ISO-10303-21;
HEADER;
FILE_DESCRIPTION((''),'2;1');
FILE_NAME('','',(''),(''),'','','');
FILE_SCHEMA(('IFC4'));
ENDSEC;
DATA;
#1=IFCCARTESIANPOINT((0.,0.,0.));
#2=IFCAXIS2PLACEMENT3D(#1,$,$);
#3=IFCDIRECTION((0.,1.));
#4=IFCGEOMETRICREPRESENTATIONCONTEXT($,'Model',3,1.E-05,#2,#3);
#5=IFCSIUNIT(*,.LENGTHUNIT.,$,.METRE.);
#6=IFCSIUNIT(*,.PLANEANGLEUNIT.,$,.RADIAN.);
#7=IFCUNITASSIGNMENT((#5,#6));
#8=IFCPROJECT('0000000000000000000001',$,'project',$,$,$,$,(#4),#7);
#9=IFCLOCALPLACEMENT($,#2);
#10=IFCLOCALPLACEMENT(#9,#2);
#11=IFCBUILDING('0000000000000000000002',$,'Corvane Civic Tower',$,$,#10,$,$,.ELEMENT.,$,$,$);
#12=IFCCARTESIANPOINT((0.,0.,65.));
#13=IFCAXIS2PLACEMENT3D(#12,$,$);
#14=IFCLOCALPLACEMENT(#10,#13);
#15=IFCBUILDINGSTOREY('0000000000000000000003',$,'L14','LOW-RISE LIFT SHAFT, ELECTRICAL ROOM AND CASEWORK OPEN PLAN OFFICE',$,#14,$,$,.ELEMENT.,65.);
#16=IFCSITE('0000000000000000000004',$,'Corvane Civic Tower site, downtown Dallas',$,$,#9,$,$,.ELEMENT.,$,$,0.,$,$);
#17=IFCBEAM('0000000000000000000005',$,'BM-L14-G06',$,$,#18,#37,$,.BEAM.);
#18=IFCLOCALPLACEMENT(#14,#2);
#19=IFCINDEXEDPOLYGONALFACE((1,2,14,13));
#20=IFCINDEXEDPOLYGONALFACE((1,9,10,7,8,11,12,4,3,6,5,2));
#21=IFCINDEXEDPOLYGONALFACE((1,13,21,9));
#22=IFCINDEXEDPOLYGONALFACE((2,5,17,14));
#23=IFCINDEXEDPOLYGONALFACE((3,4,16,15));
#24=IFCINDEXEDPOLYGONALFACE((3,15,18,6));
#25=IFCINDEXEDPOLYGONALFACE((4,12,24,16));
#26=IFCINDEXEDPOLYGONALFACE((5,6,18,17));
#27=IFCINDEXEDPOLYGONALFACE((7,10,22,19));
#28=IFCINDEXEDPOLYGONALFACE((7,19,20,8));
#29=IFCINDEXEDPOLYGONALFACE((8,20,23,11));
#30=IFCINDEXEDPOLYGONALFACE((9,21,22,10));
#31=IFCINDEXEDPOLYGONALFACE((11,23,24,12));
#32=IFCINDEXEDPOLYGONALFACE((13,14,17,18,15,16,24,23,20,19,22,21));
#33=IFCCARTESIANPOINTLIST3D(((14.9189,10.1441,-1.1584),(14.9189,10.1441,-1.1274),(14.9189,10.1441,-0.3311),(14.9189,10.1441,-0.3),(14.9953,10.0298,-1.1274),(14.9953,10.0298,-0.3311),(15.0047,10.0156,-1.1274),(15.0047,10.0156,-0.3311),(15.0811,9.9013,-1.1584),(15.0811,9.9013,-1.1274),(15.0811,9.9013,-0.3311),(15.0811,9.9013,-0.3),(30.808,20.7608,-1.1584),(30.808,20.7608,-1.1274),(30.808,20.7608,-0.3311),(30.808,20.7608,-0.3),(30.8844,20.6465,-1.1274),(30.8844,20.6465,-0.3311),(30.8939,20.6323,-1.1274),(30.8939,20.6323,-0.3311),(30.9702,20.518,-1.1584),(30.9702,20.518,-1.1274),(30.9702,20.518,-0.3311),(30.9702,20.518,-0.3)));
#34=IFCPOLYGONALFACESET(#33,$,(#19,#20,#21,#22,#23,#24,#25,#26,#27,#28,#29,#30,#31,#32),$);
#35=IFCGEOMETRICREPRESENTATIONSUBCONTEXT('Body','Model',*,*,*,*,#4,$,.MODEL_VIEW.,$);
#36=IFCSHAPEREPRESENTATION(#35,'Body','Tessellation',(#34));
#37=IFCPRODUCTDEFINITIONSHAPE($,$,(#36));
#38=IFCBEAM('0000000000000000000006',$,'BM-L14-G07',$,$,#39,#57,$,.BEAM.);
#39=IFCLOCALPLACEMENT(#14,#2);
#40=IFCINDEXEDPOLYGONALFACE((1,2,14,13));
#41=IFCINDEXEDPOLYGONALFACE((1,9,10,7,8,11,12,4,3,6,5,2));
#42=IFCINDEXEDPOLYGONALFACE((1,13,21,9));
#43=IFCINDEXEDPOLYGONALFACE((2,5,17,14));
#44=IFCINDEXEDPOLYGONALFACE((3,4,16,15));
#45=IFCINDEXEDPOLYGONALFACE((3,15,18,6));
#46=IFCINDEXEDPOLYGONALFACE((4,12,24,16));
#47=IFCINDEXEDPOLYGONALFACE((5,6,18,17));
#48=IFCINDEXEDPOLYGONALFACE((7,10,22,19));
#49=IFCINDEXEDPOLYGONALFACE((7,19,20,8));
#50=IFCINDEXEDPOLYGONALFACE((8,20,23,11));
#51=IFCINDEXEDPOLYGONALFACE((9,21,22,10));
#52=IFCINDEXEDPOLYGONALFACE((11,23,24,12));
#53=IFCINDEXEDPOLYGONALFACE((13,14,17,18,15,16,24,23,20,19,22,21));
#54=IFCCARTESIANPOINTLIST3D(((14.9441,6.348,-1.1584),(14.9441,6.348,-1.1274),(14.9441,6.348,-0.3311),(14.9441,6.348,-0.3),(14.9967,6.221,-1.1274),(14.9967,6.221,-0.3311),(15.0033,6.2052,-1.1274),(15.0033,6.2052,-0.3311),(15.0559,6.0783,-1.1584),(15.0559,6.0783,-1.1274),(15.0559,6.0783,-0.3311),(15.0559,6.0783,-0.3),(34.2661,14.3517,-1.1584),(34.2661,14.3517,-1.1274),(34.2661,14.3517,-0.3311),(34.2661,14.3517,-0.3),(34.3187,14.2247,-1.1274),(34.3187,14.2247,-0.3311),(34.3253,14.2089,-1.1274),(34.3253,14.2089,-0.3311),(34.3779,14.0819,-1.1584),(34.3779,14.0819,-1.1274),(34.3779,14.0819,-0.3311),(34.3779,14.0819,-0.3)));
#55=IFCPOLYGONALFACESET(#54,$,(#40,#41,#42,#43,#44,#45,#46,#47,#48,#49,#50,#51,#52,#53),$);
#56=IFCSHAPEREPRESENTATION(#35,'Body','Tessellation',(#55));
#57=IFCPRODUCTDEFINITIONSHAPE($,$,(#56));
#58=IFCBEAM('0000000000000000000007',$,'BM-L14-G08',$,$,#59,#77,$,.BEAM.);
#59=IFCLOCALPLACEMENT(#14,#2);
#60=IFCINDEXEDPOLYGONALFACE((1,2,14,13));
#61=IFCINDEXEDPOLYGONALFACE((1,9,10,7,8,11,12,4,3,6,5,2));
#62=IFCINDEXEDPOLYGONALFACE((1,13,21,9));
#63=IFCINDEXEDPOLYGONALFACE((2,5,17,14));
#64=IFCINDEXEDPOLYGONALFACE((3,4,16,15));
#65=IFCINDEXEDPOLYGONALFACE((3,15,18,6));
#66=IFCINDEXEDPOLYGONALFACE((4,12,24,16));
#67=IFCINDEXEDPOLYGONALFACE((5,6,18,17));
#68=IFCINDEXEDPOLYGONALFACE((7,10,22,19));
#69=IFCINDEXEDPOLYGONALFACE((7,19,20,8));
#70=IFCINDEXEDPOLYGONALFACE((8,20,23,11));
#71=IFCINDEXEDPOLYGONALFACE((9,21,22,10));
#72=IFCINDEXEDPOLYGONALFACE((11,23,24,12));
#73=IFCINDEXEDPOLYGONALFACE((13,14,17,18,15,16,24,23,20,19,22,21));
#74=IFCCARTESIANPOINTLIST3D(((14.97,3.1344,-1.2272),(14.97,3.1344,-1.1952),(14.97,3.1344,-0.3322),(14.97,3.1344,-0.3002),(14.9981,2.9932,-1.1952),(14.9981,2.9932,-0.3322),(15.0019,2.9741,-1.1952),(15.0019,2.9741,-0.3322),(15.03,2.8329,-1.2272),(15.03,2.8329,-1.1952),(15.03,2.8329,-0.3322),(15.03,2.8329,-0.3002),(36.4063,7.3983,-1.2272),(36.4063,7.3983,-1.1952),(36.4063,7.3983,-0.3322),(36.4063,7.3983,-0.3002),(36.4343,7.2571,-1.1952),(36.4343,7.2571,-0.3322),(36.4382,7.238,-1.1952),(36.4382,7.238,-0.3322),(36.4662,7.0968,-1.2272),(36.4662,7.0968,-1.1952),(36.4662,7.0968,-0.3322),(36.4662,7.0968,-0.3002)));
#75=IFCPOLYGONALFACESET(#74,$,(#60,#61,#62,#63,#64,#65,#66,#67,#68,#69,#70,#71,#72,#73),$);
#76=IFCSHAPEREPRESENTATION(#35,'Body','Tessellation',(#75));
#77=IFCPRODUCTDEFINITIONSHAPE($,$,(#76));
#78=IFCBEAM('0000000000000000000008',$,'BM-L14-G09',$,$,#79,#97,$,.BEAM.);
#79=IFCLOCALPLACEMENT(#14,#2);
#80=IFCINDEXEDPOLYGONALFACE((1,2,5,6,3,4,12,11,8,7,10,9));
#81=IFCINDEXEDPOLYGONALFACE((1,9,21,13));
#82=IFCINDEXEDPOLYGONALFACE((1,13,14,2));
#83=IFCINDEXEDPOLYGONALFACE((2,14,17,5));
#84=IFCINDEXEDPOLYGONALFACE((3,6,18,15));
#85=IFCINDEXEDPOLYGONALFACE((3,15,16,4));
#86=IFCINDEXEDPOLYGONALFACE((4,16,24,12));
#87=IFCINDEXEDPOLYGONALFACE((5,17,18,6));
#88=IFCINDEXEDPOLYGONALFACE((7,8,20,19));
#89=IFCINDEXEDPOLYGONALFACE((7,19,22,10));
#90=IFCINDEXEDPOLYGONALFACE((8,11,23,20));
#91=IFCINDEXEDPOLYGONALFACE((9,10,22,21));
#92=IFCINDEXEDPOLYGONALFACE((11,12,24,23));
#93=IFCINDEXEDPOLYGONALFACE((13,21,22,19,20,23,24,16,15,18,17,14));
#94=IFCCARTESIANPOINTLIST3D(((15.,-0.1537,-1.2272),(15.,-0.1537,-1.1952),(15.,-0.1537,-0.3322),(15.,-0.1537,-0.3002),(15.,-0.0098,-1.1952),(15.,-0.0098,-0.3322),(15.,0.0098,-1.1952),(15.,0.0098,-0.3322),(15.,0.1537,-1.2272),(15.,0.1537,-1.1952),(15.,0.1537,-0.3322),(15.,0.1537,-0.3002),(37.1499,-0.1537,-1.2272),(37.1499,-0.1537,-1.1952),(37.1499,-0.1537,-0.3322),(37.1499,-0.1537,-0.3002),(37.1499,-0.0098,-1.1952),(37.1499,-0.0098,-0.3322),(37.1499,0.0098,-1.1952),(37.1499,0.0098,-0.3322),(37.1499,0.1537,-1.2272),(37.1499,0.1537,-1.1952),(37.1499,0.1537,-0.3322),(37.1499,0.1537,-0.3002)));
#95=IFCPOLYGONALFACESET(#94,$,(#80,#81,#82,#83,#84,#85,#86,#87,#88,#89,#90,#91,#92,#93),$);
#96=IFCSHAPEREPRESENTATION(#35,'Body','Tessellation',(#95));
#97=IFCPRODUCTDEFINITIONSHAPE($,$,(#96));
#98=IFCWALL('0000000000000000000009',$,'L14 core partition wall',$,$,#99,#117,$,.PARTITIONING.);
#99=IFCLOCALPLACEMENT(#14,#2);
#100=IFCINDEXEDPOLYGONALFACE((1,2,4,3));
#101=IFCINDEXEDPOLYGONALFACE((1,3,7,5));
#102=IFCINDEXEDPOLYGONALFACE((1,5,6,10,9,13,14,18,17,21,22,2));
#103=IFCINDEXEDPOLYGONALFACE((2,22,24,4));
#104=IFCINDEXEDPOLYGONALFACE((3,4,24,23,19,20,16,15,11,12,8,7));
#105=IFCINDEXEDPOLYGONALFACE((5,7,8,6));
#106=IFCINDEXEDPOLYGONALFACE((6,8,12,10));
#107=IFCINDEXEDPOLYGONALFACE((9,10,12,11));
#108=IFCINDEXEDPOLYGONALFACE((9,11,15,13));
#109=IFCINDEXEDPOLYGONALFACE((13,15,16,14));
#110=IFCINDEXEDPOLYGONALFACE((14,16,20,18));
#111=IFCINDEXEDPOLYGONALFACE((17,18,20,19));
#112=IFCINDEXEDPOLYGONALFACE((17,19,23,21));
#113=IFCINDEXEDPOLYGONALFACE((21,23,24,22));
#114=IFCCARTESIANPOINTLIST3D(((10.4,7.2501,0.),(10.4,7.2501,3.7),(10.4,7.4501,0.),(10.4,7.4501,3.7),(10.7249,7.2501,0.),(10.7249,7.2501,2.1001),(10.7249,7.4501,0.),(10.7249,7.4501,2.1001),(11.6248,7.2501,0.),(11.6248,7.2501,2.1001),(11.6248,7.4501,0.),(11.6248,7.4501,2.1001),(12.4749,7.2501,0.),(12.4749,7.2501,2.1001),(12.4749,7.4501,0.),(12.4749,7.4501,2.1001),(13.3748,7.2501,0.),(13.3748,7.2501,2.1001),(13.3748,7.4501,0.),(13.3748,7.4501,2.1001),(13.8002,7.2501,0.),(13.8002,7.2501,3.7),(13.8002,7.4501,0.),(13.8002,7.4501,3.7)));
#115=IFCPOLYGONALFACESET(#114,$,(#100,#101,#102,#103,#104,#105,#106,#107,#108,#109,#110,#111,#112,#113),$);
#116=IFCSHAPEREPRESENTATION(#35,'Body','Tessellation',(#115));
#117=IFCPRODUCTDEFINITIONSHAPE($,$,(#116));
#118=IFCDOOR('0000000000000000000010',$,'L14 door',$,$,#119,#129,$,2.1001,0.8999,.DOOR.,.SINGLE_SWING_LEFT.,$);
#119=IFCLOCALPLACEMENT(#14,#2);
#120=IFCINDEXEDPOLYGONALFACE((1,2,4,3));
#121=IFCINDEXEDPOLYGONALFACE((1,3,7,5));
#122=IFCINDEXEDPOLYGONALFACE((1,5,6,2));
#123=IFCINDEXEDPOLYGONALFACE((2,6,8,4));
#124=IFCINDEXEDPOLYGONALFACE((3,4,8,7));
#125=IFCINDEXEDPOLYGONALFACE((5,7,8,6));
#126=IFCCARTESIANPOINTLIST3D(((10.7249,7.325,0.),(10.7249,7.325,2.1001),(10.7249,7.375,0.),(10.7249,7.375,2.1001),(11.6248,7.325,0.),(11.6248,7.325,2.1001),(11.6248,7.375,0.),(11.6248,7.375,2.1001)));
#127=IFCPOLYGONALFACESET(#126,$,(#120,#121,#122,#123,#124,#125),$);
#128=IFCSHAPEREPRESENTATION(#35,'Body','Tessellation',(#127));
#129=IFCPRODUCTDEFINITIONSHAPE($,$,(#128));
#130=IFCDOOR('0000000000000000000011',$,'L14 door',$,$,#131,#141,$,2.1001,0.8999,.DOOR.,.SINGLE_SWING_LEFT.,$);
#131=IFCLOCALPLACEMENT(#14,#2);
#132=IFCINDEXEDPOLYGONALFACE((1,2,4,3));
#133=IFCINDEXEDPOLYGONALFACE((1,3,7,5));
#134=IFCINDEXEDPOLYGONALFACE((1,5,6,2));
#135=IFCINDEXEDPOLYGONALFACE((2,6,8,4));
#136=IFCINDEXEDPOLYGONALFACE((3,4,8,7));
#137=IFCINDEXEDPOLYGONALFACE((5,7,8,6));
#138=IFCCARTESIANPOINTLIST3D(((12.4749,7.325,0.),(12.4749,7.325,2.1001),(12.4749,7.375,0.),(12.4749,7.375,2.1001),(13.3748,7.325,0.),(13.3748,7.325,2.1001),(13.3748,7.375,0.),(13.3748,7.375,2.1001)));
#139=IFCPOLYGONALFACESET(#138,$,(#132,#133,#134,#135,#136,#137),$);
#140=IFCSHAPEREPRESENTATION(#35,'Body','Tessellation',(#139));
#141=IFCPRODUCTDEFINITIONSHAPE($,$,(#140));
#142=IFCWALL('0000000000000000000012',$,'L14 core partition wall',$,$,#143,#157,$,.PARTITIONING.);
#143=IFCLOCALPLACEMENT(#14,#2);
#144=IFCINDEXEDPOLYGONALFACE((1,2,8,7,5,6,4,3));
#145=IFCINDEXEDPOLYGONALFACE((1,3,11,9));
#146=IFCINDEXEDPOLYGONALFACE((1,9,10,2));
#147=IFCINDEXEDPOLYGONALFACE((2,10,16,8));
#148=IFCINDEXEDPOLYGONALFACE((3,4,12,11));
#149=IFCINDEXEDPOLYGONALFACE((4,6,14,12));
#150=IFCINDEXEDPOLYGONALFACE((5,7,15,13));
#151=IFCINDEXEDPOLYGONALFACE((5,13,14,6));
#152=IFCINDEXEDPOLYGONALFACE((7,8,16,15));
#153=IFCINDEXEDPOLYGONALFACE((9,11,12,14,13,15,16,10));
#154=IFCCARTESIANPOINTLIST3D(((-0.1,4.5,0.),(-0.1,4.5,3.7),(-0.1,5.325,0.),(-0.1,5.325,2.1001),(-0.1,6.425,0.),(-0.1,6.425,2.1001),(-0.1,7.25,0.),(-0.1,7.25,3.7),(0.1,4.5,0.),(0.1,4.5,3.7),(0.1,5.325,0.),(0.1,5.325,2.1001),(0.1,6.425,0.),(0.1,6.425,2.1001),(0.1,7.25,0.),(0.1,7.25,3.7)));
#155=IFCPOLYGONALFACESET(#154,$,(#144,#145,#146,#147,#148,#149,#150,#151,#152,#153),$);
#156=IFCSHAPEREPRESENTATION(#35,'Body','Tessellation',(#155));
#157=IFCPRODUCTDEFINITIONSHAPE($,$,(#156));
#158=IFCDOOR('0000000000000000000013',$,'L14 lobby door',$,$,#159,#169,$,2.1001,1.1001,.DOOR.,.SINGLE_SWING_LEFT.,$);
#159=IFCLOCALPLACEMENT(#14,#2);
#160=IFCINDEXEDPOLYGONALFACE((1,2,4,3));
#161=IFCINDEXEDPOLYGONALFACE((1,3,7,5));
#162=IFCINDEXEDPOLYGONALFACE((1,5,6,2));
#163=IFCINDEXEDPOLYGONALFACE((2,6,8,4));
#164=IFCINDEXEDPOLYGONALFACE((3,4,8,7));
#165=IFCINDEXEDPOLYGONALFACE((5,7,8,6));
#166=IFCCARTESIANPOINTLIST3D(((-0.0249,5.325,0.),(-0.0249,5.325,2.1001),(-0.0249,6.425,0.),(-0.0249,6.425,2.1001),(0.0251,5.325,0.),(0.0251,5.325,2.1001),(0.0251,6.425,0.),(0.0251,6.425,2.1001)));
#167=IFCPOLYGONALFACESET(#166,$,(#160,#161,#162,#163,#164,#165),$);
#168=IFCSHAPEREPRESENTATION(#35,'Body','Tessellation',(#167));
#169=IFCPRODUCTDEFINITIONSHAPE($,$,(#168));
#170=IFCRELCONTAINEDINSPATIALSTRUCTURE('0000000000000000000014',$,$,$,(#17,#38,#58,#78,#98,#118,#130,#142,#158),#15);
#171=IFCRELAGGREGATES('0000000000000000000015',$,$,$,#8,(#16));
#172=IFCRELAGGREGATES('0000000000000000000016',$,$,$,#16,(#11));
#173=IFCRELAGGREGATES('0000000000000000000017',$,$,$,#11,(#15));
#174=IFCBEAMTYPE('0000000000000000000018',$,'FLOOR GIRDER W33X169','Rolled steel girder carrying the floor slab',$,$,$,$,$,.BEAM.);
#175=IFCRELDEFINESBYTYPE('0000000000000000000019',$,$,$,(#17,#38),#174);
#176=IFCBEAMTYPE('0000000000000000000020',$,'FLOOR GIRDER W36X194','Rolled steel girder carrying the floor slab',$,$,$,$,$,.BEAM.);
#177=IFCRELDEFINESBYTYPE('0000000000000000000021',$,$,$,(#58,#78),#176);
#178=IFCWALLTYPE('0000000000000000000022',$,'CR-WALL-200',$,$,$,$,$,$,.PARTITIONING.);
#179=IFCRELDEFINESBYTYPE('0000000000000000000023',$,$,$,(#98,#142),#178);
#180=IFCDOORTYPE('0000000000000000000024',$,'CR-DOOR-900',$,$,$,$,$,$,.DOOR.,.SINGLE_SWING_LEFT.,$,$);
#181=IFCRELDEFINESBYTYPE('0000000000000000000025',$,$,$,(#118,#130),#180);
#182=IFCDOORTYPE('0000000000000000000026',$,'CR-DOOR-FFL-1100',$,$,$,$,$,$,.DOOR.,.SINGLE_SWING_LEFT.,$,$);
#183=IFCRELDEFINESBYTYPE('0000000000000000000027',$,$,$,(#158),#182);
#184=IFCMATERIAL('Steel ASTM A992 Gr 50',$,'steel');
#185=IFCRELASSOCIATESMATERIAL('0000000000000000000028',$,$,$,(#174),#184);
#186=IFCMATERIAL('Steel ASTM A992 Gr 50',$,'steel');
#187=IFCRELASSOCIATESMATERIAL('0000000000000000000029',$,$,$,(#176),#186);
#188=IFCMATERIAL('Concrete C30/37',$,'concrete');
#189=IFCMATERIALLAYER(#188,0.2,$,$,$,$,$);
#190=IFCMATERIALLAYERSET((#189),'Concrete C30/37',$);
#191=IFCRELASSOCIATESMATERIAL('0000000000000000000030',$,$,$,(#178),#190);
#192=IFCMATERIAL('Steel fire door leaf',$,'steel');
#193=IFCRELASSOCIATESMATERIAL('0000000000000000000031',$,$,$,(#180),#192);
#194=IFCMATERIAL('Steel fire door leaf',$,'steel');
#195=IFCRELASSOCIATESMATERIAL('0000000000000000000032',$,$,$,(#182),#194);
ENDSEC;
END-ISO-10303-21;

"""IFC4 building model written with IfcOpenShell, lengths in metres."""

from ifc_helpers import new_model, si_unit, direction, frame, frame_2d, origin, origin_2d, place, context, subcontext, project, spatial, rectangle, i_section, extrude, material, layer, layer_set, material_profile, profile_set, type_object, element, fill, save


model = new_model("IFC4")

# Units and contexts
model_context = context("Model", 3, precision=1e-05, world=origin(), true_north=direction((0.0, 1.0)))
body_context = subcontext(model_context, "Body", "Model", "MODEL_VIEW")
ifc_project = project(units=[si_unit("LENGTHUNIT", "METRE"), si_unit("PLANEANGLEUNIT", "RADIAN")], contexts=[model_context])

# Site, building, storey
site_placement = place(None, origin())
site = spatial("IfcSite", under=ifc_project, at=site_placement, Name="Corvane Civic Tower site, downtown Dallas", CompositionType="ELEMENT", RefElevation=0.0)
building_placement = place(site_placement, origin())
building = spatial("IfcBuilding", under=site, at=building_placement, Name="Corvane Civic Tower", CompositionType="ELEMENT")
storey_placement = place(building_placement, frame((0.0, 0.0, 65.0)))
storey = spatial("IfcBuildingStorey", under=building, at=storey_placement, Name="L14", Description="LOW-RISE LIFT SHAFT, ELECTRICAL ROOM AND CASEWORK OPEN PLAN OFFICE", CompositionType="ELEMENT", Elevation=65.0)

# Beams
ifc_material_1 = material(Name="Steel ASTM A992 Gr 50", Category="steel")
ifc_material_profile_1 = material_profile(ifc_material_1, i_section(OverallWidth=0.292, OverallDepth=0.8584, WebThickness=0.0171, FlangeThickness=0.031, at=origin_2d()), Name="W33X169")
ifc_profile_set_1 = profile_set([ifc_material_profile_1], Name="Steel ASTM A992 Gr 50")
beam_type_1 = type_object("IfcBeamType", Name="FLOOR GIRDER W33X169", Description="Rolled steel girder carrying the floor slab", PredefinedType="BEAM", material=ifc_profile_set_1)
beam_1_placement = place(storey_placement, frame((15.0, 10.0227, -0.7292), z_axis=(0.831472, 0.555567, 0.0), x_axis=(-0.555567, 0.831472, 0.0)))
element("IfcBeam", 1, at=beam_1_placement, inside=storey, type_object=beam_type_1, Name="BM-L14-G06", PredefinedType="BEAM", context=body_context, shape_type="SweptSolid", body=[
    extrude(i_section(OverallWidth=0.292, OverallDepth=0.8584, WebThickness=0.0171, FlangeThickness=0.031, at=origin_2d()), origin(), (0.0, 0.0, 1.0), 19.1096),
])
beam_2_placement = place(storey_placement, frame((15.0, 6.2131, -0.7292), z_axis=(0.923876, 0.382692, 0.0), x_axis=(-0.382692, 0.923876, 0.0)))
element("IfcBeam", 2, at=beam_2_placement, inside=storey, type_object=beam_type_1, Name="BM-L14-G07", PredefinedType="BEAM", context=body_context, shape_type="SweptSolid", body=[
    extrude(i_section(OverallWidth=0.292, OverallDepth=0.8584, WebThickness=0.0171, FlangeThickness=0.031, at=origin_2d()), origin(), (0.0, 0.0, 1.0), 20.9141),
])
ifc_material_2 = material(Name="Steel ASTM A992 Gr 50", Category="steel")
ifc_material_profile_2 = material_profile(ifc_material_2, i_section(OverallWidth=0.3074, OverallDepth=0.927, WebThickness=0.0195, FlangeThickness=0.032, at=origin_2d()), Name="W36X194")
ifc_profile_set_2 = profile_set([ifc_material_profile_2], Name="Steel ASTM A992 Gr 50")
beam_type_2 = type_object("IfcBeamType", Name="FLOOR GIRDER W36X194", Description="Rolled steel girder carrying the floor slab", PredefinedType="BEAM", material=ifc_profile_set_2)
beam_3_placement = place(storey_placement, frame((15.0, 2.9836, -0.7637), z_axis=(0.980785, 0.195089, 0.0), x_axis=(-0.195089, 0.980785, 0.0)))
element("IfcBeam", 3, at=beam_3_placement, inside=storey, type_object=beam_type_2, Name="BM-L14-G08", PredefinedType="BEAM", context=body_context, shape_type="SweptSolid", body=[
    extrude(i_section(OverallWidth=0.3074, OverallDepth=0.927, WebThickness=0.0195, FlangeThickness=0.032, at=origin_2d()), origin(), (0.0, 0.0, 1.0), 21.8562),
])
beam_4_placement = place(storey_placement, frame((15.0, 0.0, -0.7637), z_axis=(1.0, 0.0, 0.0), x_axis=(0.0, 1.0, 0.0)))
element("IfcBeam", 4, at=beam_4_placement, inside=storey, type_object=beam_type_2, Name="BM-L14-G09", PredefinedType="BEAM", context=body_context, shape_type="SweptSolid", body=[
    extrude(i_section(OverallWidth=0.3074, OverallDepth=0.927, WebThickness=0.0195, FlangeThickness=0.032, at=origin_2d()), origin(), (0.0, 0.0, 1.0), 22.1499),
])

# Wall, openings, doors
ifc_material_3 = material(Name="Concrete C30/37", Category="concrete")
ifc_layer_1 = layer(ifc_material_3, 0.2)
ifc_layer_set_1 = layer_set([ifc_layer_1], Name="Concrete C30/37")
wall_type_1 = type_object("IfcWallType", Name="CR-WALL-200", PredefinedType="PARTITIONING", material=ifc_layer_set_1)
wall_1_placement = place(storey_placement, frame((10.3999, 7.3501, 0.0), z_axis=(0.0, 0.0, 1.0), x_axis=(1.0, 0.0, 0.0)))
wall_1 = element("IfcWall", 5, at=wall_1_placement, inside=storey, type_object=wall_type_1, Name="L14 core partition wall", PredefinedType="PARTITIONING", context=body_context, shape_type="SweptSolid", body=[
    extrude(rectangle(XDim=3.4001, YDim=0.2, at=frame_2d((1.7002, 0.0))), origin(), (0.0, 0.0, 1.0), 3.7),
])
opening_1_placement = place(wall_1_placement, frame((0.325, 0.0, 0.0)))
opening_1 = element("IfcOpeningElement", 6, at=opening_1_placement, cuts=wall_1, PredefinedType="OPENING", context=body_context, shape_type="SweptSolid", body=[
    extrude(rectangle(XDim=0.8999, YDim=2.1001, at=frame_2d((0.45, 1.05))), frame((0.0, 0.1099, 0.0), z_axis=(0.0, -1.0, 0.0), x_axis=(1.0, 0.0, 0.0)), (0.0, 0.0, 1.0), 0.22),
])
opening_2_placement = place(wall_1_placement, frame((2.075, 0.0, 0.0)))
opening_2 = element("IfcOpeningElement", 7, at=opening_2_placement, cuts=wall_1, PredefinedType="OPENING", context=body_context, shape_type="SweptSolid", body=[
    extrude(rectangle(XDim=0.8999, YDim=2.1001, at=frame_2d((0.45, 1.05))), frame((0.0, 0.1099, 0.0), z_axis=(0.0, -1.0, 0.0), x_axis=(1.0, 0.0, 0.0)), (0.0, 0.0, 1.0), 0.22),
])
ifc_material_4 = material(Name="Steel fire door leaf", Category="steel")
door_type_1 = type_object("IfcDoorType", Name="CR-DOOR-900", OperationType="SINGLE_SWING_LEFT", PredefinedType="DOOR", material=ifc_material_4)
door_1_placement = place(opening_1_placement, origin())
door_1 = element("IfcDoor", 8, at=door_1_placement, inside=storey, type_object=door_type_1, Name="L14 door", OperationType="SINGLE_SWING_LEFT", OverallHeight=2.1001, OverallWidth=0.8999, PredefinedType="DOOR", context=body_context, shape_type="SweptSolid", body=[
    extrude(rectangle(XDim=0.8999, YDim=2.1001, at=frame_2d((0.45, 1.05))), frame((0.0, 0.0249, 0.0), z_axis=(0.0, -1.0, 0.0), x_axis=(1.0, 0.0, 0.0)), (0.0, 0.0, 1.0), 0.05),
])
fill(opening_1, door_1)
door_2_placement = place(opening_2_placement, origin())
door_2 = element("IfcDoor", 9, at=door_2_placement, inside=storey, type_object=door_type_1, Name="L14 door", OperationType="SINGLE_SWING_LEFT", OverallHeight=2.1001, OverallWidth=0.8999, PredefinedType="DOOR", context=body_context, shape_type="SweptSolid", body=[
    extrude(rectangle(XDim=0.8999, YDim=2.1001, at=frame_2d((0.45, 1.05))), frame((0.0, 0.0249, 0.0), z_axis=(0.0, -1.0, 0.0), x_axis=(1.0, 0.0, 0.0)), (0.0, 0.0, 1.0), 0.05),
])
fill(opening_2, door_2)

# Wall, opening, door
wall_2_placement = place(storey_placement, frame((0.0, 4.5, 0.0), z_axis=(0.0, 0.0, 1.0), x_axis=(0.0, 1.0, 0.0)))
wall_2 = element("IfcWall", 10, at=wall_2_placement, inside=storey, type_object=wall_type_1, Name="L14 core partition wall", PredefinedType="PARTITIONING", context=body_context, shape_type="SweptSolid", body=[
    extrude(rectangle(XDim=2.75, YDim=0.2, at=frame_2d((1.375, 0.0))), origin(), (0.0, 0.0, 1.0), 3.7),
])
opening_3_placement = place(wall_2_placement, frame((0.825, 0.0, 0.0)))
opening_3 = element("IfcOpeningElement", 11, at=opening_3_placement, cuts=wall_2, PredefinedType="OPENING", context=body_context, shape_type="SweptSolid", body=[
    extrude(rectangle(XDim=1.1001, YDim=2.1001, at=frame_2d((0.55, 1.05))), frame((0.0, 0.1099, 0.0), z_axis=(0.0, -1.0, 0.0), x_axis=(1.0, 0.0, 0.0)), (0.0, 0.0, 1.0), 0.22),
])
ifc_material_5 = material(Name="Steel fire door leaf", Category="steel")
door_type_2 = type_object("IfcDoorType", Name="CR-DOOR-FFL-1100", OperationType="SINGLE_SWING_LEFT", PredefinedType="DOOR", material=ifc_material_5)
door_3_placement = place(opening_3_placement, origin())
door_3 = element("IfcDoor", 12, at=door_3_placement, inside=storey, type_object=door_type_2, Name="L14 lobby door", OperationType="SINGLE_SWING_LEFT", OverallHeight=2.1001, OverallWidth=1.1001, PredefinedType="DOOR", context=body_context, shape_type="SweptSolid", body=[
    extrude(rectangle(XDim=1.1001, YDim=2.1001, at=frame_2d((0.55, 1.05))), frame((0.0, 0.0249, 0.0), z_axis=(0.0, -1.0, 0.0), x_axis=(1.0, 0.0, 0.0)), (0.0, 0.0, 1.0), 0.05),
])
fill(opening_3, door_3)

save(model, "model.ifc")
